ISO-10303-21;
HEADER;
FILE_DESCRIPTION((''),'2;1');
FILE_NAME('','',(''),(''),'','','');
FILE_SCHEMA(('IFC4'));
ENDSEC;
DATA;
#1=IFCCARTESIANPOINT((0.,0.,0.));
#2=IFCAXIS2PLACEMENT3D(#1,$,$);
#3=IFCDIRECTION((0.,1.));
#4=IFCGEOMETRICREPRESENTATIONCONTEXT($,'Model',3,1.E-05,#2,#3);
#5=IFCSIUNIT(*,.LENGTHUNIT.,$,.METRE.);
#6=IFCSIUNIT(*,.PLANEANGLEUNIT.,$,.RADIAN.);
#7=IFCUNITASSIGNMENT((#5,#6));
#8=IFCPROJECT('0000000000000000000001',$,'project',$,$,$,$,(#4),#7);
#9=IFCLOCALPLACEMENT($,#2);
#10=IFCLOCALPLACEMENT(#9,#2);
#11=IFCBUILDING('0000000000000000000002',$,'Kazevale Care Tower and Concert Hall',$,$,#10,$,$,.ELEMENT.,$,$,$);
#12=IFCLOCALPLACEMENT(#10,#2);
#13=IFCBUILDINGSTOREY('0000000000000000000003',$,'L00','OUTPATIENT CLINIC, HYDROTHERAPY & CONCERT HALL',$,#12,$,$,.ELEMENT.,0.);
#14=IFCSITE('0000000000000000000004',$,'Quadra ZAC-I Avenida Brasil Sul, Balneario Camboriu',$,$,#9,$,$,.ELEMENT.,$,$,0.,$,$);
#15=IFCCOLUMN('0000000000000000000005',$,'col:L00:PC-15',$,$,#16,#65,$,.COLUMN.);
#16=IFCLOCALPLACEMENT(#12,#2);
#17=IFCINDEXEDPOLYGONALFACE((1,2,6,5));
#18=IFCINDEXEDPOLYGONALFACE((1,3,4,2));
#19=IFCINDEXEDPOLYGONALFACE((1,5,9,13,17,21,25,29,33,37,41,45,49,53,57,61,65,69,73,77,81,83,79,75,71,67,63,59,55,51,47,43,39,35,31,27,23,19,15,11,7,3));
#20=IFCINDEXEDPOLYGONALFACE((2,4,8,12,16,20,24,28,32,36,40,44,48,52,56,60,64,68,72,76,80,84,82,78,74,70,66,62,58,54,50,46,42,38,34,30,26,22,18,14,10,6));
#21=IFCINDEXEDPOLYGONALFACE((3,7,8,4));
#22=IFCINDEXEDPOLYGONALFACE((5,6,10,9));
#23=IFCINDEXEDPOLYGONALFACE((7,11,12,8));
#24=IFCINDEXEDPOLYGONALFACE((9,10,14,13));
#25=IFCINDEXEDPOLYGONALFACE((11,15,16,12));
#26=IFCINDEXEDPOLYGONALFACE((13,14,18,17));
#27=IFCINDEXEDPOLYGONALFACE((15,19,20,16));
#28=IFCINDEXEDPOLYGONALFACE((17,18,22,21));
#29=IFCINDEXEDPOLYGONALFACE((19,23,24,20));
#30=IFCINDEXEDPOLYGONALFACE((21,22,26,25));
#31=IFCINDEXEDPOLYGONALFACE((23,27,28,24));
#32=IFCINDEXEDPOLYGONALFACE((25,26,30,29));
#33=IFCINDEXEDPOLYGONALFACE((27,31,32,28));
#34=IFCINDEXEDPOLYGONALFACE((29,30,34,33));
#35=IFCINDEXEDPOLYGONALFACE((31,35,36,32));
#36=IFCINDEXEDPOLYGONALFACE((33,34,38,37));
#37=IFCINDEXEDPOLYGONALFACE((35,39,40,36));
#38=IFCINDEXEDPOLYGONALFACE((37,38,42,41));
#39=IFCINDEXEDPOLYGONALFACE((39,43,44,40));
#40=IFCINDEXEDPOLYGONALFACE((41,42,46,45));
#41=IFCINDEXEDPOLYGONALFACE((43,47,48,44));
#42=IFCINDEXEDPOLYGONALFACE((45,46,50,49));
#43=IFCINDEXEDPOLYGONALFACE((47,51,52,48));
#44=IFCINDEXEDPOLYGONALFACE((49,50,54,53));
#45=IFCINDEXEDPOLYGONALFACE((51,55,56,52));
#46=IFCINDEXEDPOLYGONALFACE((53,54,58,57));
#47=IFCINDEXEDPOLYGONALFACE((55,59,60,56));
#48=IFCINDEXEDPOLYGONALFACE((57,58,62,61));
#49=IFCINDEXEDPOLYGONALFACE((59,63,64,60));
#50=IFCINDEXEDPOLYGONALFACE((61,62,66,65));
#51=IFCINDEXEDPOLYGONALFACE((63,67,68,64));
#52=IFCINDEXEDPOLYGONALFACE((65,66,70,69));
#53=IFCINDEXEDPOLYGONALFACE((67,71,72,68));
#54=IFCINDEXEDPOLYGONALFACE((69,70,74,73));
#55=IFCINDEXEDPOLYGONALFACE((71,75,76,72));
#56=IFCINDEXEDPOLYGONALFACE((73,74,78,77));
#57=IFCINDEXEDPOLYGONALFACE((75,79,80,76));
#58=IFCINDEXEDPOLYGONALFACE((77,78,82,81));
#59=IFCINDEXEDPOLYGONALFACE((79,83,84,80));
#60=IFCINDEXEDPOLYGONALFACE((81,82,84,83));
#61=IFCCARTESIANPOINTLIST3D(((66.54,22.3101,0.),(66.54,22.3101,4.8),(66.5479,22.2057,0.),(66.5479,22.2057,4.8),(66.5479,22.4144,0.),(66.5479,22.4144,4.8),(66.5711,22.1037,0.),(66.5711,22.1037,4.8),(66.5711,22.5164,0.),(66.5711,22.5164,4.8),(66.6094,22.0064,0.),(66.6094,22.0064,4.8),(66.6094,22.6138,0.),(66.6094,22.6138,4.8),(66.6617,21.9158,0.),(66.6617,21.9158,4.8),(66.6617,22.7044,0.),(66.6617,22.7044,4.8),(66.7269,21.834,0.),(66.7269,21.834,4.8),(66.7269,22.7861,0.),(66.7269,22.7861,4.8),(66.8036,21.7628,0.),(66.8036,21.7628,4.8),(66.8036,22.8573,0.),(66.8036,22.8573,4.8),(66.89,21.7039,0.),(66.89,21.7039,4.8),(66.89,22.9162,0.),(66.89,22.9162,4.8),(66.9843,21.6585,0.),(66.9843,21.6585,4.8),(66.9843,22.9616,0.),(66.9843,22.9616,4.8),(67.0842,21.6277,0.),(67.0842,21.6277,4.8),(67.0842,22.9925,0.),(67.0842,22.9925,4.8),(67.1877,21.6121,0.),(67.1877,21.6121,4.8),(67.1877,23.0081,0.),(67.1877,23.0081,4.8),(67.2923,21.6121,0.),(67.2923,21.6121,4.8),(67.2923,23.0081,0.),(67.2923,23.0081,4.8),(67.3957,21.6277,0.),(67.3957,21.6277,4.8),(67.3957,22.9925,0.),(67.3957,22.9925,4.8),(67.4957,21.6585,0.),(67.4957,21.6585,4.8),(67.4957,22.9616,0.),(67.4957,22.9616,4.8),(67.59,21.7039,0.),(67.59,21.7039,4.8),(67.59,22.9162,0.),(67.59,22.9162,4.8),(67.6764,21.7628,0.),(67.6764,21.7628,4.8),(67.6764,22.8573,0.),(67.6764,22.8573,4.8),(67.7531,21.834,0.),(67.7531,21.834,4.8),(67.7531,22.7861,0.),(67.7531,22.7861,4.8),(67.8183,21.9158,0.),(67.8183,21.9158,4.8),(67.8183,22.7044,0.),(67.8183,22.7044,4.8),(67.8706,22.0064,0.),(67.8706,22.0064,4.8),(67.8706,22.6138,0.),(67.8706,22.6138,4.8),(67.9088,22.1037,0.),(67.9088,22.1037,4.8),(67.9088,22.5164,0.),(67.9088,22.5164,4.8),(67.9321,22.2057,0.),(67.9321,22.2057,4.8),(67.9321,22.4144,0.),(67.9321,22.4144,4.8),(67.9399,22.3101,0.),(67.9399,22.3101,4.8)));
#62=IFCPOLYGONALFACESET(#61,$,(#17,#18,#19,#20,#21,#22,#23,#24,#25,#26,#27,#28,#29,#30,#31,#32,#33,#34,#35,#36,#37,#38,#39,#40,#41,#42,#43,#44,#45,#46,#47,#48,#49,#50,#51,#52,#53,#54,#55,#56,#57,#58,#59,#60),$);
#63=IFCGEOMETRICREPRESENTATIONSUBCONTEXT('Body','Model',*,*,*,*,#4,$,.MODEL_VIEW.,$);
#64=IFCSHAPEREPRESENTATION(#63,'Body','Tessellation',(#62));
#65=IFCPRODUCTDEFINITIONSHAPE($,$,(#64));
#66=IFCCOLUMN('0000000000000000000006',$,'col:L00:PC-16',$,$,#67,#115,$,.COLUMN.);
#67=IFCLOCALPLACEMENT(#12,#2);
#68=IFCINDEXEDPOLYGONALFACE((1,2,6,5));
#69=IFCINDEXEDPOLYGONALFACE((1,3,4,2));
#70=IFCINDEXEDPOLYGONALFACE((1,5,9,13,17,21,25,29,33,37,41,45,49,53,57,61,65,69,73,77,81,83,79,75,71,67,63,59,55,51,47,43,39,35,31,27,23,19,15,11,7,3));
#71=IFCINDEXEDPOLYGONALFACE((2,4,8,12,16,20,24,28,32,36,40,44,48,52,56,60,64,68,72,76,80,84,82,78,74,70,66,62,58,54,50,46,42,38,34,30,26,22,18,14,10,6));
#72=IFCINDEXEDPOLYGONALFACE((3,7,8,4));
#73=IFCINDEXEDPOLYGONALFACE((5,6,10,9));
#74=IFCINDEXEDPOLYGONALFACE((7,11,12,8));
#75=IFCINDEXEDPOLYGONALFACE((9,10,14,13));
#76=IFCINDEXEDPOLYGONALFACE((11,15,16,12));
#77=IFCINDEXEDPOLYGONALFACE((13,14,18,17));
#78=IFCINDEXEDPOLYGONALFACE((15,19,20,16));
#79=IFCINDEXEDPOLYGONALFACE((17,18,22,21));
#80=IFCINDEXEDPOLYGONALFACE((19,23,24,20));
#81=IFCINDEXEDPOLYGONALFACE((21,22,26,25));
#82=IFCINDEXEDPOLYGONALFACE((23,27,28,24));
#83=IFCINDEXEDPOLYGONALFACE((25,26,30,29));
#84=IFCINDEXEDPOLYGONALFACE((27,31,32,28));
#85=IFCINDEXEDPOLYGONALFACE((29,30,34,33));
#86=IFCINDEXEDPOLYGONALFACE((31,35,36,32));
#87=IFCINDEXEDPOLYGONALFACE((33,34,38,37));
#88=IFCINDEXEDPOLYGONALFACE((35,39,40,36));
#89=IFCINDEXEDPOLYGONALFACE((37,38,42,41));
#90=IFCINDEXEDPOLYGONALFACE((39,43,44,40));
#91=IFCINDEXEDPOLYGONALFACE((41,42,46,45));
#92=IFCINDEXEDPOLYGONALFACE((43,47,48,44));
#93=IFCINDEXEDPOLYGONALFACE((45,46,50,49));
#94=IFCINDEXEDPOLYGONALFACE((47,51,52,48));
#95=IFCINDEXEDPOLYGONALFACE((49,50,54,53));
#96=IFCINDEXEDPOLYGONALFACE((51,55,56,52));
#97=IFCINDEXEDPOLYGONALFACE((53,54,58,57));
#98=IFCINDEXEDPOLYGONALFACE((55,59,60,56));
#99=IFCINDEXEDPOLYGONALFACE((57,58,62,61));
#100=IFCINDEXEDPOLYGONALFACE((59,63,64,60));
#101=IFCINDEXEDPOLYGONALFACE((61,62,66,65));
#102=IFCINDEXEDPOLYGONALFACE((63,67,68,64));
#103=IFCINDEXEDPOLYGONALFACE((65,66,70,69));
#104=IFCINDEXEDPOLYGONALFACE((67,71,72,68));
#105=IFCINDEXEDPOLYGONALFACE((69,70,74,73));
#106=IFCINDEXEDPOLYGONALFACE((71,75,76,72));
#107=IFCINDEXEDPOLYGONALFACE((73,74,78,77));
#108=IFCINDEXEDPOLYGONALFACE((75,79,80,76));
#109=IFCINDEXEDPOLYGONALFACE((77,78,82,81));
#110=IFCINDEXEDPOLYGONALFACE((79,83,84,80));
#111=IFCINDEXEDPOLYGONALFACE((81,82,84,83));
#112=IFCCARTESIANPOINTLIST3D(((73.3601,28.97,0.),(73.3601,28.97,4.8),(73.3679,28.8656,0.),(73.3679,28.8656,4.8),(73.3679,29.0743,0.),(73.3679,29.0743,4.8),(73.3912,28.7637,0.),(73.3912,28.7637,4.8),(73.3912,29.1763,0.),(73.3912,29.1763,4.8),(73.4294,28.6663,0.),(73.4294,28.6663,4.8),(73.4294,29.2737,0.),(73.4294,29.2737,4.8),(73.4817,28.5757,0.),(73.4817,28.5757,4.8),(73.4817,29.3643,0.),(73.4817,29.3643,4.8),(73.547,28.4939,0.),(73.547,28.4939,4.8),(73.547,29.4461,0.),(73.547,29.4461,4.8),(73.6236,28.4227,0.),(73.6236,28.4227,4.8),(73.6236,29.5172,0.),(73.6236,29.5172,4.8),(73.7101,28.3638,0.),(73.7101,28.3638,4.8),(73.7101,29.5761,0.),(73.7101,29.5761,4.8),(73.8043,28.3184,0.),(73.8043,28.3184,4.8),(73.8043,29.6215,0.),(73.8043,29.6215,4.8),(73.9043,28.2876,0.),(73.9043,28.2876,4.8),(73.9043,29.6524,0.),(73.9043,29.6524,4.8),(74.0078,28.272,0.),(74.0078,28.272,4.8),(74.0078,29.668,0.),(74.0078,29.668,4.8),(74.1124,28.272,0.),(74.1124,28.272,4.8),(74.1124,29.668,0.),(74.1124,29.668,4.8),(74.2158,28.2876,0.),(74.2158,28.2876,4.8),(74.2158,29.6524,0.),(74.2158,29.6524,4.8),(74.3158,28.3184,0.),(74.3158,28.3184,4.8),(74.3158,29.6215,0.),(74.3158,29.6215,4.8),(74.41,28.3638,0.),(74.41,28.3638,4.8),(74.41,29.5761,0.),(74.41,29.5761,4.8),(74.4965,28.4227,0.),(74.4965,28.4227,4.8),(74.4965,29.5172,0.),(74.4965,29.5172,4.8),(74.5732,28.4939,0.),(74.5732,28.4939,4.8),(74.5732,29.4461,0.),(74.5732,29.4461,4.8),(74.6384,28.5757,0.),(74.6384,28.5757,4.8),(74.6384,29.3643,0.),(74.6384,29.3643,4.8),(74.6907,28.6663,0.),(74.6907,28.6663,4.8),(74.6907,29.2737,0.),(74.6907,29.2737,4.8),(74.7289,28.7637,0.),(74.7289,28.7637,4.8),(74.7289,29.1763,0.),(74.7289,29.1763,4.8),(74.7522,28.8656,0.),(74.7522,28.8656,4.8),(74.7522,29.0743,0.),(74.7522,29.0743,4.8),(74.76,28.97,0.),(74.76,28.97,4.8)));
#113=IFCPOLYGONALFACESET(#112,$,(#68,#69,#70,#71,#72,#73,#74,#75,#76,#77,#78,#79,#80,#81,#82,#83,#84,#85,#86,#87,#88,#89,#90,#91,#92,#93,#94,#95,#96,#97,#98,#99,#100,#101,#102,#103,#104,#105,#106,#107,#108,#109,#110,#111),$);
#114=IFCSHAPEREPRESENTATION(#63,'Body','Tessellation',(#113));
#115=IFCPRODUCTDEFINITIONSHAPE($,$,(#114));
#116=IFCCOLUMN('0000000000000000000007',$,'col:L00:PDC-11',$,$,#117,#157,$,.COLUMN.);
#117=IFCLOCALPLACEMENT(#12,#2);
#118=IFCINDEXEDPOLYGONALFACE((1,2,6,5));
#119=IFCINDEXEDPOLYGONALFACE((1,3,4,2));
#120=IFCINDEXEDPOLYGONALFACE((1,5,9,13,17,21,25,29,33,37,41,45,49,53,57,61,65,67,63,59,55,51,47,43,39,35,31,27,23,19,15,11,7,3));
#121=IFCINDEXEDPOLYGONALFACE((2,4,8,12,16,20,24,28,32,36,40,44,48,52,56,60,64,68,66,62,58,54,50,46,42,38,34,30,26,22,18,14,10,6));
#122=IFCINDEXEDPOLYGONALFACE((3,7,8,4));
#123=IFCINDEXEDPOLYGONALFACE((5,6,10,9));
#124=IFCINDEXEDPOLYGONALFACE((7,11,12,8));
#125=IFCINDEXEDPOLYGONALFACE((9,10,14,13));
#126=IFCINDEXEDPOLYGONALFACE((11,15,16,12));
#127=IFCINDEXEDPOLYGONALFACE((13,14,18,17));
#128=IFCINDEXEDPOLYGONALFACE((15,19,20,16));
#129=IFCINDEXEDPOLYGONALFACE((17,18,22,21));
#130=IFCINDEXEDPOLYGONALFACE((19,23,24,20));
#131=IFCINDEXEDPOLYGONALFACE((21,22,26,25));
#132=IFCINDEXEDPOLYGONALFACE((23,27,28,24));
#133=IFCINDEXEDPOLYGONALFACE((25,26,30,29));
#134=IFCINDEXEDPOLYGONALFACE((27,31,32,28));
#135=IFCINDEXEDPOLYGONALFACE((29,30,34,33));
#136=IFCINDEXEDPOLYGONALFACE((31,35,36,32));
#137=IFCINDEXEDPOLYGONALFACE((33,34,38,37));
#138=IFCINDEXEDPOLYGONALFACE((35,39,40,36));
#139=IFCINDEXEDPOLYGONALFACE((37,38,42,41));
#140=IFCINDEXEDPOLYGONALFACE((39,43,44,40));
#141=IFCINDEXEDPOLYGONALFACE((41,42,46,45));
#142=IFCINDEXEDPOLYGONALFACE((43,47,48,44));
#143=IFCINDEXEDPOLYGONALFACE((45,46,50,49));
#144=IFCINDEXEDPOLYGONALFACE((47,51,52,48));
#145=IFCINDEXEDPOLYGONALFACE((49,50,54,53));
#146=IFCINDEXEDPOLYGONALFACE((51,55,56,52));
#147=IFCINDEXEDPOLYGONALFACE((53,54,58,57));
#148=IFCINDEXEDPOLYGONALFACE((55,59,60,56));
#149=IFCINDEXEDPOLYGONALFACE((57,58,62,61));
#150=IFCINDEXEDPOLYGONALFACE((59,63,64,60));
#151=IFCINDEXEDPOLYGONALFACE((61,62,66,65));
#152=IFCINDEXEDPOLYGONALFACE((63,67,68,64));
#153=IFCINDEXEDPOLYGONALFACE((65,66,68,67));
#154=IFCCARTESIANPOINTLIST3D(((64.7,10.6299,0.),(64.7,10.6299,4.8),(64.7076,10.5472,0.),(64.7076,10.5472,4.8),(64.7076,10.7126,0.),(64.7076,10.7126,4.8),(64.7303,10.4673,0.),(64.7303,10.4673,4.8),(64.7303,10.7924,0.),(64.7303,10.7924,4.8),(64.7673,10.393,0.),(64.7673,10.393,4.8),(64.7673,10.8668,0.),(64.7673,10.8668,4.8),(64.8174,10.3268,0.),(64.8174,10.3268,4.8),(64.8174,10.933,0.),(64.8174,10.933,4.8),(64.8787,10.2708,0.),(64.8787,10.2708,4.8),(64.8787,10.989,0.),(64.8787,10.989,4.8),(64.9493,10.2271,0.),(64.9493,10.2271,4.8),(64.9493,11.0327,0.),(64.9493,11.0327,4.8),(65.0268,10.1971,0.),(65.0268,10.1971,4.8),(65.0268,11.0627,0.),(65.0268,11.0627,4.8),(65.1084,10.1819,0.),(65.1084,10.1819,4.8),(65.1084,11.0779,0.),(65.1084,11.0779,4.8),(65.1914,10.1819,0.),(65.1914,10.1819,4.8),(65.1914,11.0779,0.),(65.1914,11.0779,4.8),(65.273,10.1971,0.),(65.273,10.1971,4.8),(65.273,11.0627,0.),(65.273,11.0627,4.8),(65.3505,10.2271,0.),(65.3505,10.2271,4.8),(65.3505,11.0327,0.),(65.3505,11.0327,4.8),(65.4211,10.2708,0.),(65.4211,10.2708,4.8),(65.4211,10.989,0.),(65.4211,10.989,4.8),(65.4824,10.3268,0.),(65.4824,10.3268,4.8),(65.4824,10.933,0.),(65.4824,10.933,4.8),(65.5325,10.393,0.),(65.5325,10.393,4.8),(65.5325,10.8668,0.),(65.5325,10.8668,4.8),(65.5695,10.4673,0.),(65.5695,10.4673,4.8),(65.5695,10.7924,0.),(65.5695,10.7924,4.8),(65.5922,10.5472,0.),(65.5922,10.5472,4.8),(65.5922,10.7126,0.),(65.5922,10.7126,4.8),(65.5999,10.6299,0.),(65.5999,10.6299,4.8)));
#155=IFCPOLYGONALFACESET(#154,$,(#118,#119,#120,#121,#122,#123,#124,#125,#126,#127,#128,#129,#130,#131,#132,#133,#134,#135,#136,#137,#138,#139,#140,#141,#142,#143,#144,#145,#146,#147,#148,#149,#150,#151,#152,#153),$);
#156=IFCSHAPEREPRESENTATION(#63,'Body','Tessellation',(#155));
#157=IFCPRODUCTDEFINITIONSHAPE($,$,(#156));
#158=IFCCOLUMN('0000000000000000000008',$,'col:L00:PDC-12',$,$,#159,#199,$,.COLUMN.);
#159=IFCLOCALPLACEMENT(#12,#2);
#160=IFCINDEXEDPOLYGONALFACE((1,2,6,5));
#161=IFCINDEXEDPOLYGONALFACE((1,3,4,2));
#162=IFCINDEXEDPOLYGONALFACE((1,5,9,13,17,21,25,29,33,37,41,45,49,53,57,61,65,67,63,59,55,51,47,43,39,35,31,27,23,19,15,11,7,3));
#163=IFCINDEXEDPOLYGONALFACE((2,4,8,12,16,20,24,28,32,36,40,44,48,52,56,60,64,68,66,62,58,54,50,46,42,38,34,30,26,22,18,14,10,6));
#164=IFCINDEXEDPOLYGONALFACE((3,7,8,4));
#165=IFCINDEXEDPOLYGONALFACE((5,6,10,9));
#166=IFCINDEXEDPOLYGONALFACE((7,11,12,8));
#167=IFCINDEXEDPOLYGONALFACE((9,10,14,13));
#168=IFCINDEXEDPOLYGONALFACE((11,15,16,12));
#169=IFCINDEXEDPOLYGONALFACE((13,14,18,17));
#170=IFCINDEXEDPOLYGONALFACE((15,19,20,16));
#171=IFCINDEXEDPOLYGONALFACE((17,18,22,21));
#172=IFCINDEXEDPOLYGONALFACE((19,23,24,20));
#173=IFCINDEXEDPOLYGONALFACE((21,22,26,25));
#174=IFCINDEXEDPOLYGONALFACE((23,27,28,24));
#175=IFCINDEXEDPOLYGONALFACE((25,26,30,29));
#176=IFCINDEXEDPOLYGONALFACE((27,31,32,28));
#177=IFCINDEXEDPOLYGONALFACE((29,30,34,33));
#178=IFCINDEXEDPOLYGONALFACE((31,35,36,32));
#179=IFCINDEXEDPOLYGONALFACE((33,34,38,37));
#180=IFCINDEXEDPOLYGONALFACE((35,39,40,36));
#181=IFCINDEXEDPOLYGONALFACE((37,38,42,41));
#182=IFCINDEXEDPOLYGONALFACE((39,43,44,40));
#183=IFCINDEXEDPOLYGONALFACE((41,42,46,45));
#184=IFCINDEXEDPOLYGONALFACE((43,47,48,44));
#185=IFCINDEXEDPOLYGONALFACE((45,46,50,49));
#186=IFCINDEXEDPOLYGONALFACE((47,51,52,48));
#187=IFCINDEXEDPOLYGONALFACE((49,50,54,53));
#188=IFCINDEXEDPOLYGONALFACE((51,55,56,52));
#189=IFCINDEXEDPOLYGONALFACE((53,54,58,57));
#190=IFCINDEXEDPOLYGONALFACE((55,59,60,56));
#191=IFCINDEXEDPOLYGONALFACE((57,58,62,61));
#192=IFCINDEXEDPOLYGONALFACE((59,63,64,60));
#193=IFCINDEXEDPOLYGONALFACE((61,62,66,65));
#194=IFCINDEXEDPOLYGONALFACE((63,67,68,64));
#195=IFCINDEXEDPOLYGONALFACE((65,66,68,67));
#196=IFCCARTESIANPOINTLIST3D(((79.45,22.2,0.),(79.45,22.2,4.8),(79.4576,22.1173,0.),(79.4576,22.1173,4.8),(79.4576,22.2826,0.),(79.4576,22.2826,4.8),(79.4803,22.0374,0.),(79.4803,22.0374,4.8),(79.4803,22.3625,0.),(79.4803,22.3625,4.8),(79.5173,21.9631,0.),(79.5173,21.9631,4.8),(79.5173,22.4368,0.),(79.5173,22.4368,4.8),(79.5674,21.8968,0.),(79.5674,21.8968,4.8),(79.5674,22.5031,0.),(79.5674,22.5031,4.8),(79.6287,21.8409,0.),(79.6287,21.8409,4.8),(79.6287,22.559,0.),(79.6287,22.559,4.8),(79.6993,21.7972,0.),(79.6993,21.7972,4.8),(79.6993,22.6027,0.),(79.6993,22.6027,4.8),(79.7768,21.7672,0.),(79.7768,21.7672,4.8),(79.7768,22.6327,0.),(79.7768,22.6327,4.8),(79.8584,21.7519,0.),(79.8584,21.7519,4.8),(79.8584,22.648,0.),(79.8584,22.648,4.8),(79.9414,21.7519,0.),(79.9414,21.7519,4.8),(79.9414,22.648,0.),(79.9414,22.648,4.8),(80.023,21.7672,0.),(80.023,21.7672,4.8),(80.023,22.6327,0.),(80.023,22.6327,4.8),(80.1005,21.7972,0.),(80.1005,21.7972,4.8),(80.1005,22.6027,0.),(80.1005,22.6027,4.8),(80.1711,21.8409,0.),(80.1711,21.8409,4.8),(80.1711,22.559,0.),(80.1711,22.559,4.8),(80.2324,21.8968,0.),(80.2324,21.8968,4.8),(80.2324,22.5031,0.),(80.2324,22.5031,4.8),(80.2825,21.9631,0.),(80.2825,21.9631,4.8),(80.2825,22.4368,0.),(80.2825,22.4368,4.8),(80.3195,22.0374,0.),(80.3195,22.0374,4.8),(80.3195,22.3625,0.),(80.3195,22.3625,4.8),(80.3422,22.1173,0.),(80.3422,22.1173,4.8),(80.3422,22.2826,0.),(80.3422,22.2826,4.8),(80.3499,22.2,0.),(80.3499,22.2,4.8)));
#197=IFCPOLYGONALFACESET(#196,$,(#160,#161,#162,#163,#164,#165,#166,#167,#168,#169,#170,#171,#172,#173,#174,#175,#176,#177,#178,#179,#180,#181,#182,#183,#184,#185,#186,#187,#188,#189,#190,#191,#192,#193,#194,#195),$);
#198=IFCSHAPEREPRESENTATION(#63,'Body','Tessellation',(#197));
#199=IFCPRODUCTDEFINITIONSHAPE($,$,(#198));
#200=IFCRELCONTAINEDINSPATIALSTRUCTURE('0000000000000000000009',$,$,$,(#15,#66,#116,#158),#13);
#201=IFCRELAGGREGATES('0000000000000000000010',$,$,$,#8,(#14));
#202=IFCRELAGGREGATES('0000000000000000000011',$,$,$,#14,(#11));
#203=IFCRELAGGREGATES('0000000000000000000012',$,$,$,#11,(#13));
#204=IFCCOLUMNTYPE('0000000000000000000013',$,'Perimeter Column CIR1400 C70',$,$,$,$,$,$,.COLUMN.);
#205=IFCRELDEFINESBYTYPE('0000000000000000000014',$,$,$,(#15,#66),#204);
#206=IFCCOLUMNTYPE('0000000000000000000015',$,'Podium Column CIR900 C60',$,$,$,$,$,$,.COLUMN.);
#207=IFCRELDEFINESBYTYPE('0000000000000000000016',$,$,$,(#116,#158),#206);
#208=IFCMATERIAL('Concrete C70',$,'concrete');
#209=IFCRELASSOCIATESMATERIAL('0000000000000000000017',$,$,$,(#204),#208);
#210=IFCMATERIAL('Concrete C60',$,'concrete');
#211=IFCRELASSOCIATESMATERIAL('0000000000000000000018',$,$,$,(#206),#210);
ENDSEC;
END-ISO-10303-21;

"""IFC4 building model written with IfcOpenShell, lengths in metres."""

from ifc_helpers import new_model, si_unit, direction, frame, origin, origin_2d, place, context, subcontext, project, spatial, circle, extrude, material, material_profile, profile_set, type_object, element, save


model = new_model("IFC4")

# Units and contexts
model_context = context("Model", 3, precision=1e-05, world=origin(), true_north=direction((0.0, 1.0)))
body_context = subcontext(model_context, "Body", "Model", "MODEL_VIEW")
ifc_project = project(units=[si_unit("LENGTHUNIT", "METRE"), si_unit("PLANEANGLEUNIT", "RADIAN")], contexts=[model_context])

# Site, building, storey
site_placement = place(None, origin())
site = spatial("IfcSite", under=ifc_project, at=site_placement, Name="Quadra ZAC-I Avenida Brasil Sul, Balneario Camboriu", CompositionType="ELEMENT", RefElevation=0.0)
building_placement = place(site_placement, origin())
building = spatial("IfcBuilding", under=site, at=building_placement, Name="Kazevale Care Tower and Concert Hall", CompositionType="ELEMENT")
storey_placement = place(building_placement, origin())
storey = spatial("IfcBuildingStorey", under=building, at=storey_placement, Name="L00", Description="OUTPATIENT CLINIC, HYDROTHERAPY & CONCERT HALL", CompositionType="ELEMENT", Elevation=0.0)

# Columns
ifc_material_1 = material(Name="Concrete C70", Category="concrete")
ifc_material_profile_1 = material_profile(ifc_material_1, circle(Radius=0.7, at=origin_2d()), Name="RC-CIR1400")
ifc_profile_set_1 = profile_set([ifc_material_profile_1], Name="Concrete C70")
column_type_1 = type_object("IfcColumnType", Name="Perimeter Column CIR1400 C70", PredefinedType="COLUMN", material=ifc_profile_set_1)
for number, where, z_axis, x_axis, name in (
    (1, (67.24, 22.3101, 0.0), (0.0, 0.0, 1.0), (1.0, 0.0, 0.0), "col:L00:PC-15"),
    (2, (74.0601, 28.97, 0.0), (0.0, 0.0, 1.0), (1.0, 0.0, 0.0), "col:L00:PC-16"),
):
    element("IfcColumn", number, at=place(storey_placement, frame(where, z_axis=z_axis, x_axis=x_axis)), inside=storey, type_object=column_type_1, Name=name, PredefinedType="COLUMN", context=body_context, shape_type="SweptSolid", body=[
        extrude(circle(Radius=0.7, at=origin_2d()), origin(), (0.0, 0.0, 1.0), 4.8),
    ])
ifc_material_2 = material(Name="Concrete C60", Category="concrete")
ifc_material_profile_2 = material_profile(ifc_material_2, circle(Radius=0.45, at=origin_2d()), Name="RC-CIR900")
ifc_profile_set_2 = profile_set([ifc_material_profile_2], Name="Concrete C60")
column_type_2 = type_object("IfcColumnType", Name="Podium Column CIR900 C60", PredefinedType="COLUMN", material=ifc_profile_set_2)
for number, where, z_axis, x_axis, name in (
    (3, (65.1499, 10.6299, 0.0), (0.0, 0.0, 1.0), (1.0, 0.0, 0.0), "col:L00:PDC-11"),
    (4, (79.8999, 22.2, 0.0), (0.0, 0.0, 1.0), (1.0, 0.0, 0.0), "col:L00:PDC-12"),
):
    element("IfcColumn", number, at=place(storey_placement, frame(where, z_axis=z_axis, x_axis=x_axis)), inside=storey, type_object=column_type_2, Name=name, PredefinedType="COLUMN", context=body_context, shape_type="SweptSolid", body=[
        extrude(circle(Radius=0.45, at=origin_2d()), origin(), (0.0, 0.0, 1.0), 4.8),
    ])

save(model, "model.ifc")
